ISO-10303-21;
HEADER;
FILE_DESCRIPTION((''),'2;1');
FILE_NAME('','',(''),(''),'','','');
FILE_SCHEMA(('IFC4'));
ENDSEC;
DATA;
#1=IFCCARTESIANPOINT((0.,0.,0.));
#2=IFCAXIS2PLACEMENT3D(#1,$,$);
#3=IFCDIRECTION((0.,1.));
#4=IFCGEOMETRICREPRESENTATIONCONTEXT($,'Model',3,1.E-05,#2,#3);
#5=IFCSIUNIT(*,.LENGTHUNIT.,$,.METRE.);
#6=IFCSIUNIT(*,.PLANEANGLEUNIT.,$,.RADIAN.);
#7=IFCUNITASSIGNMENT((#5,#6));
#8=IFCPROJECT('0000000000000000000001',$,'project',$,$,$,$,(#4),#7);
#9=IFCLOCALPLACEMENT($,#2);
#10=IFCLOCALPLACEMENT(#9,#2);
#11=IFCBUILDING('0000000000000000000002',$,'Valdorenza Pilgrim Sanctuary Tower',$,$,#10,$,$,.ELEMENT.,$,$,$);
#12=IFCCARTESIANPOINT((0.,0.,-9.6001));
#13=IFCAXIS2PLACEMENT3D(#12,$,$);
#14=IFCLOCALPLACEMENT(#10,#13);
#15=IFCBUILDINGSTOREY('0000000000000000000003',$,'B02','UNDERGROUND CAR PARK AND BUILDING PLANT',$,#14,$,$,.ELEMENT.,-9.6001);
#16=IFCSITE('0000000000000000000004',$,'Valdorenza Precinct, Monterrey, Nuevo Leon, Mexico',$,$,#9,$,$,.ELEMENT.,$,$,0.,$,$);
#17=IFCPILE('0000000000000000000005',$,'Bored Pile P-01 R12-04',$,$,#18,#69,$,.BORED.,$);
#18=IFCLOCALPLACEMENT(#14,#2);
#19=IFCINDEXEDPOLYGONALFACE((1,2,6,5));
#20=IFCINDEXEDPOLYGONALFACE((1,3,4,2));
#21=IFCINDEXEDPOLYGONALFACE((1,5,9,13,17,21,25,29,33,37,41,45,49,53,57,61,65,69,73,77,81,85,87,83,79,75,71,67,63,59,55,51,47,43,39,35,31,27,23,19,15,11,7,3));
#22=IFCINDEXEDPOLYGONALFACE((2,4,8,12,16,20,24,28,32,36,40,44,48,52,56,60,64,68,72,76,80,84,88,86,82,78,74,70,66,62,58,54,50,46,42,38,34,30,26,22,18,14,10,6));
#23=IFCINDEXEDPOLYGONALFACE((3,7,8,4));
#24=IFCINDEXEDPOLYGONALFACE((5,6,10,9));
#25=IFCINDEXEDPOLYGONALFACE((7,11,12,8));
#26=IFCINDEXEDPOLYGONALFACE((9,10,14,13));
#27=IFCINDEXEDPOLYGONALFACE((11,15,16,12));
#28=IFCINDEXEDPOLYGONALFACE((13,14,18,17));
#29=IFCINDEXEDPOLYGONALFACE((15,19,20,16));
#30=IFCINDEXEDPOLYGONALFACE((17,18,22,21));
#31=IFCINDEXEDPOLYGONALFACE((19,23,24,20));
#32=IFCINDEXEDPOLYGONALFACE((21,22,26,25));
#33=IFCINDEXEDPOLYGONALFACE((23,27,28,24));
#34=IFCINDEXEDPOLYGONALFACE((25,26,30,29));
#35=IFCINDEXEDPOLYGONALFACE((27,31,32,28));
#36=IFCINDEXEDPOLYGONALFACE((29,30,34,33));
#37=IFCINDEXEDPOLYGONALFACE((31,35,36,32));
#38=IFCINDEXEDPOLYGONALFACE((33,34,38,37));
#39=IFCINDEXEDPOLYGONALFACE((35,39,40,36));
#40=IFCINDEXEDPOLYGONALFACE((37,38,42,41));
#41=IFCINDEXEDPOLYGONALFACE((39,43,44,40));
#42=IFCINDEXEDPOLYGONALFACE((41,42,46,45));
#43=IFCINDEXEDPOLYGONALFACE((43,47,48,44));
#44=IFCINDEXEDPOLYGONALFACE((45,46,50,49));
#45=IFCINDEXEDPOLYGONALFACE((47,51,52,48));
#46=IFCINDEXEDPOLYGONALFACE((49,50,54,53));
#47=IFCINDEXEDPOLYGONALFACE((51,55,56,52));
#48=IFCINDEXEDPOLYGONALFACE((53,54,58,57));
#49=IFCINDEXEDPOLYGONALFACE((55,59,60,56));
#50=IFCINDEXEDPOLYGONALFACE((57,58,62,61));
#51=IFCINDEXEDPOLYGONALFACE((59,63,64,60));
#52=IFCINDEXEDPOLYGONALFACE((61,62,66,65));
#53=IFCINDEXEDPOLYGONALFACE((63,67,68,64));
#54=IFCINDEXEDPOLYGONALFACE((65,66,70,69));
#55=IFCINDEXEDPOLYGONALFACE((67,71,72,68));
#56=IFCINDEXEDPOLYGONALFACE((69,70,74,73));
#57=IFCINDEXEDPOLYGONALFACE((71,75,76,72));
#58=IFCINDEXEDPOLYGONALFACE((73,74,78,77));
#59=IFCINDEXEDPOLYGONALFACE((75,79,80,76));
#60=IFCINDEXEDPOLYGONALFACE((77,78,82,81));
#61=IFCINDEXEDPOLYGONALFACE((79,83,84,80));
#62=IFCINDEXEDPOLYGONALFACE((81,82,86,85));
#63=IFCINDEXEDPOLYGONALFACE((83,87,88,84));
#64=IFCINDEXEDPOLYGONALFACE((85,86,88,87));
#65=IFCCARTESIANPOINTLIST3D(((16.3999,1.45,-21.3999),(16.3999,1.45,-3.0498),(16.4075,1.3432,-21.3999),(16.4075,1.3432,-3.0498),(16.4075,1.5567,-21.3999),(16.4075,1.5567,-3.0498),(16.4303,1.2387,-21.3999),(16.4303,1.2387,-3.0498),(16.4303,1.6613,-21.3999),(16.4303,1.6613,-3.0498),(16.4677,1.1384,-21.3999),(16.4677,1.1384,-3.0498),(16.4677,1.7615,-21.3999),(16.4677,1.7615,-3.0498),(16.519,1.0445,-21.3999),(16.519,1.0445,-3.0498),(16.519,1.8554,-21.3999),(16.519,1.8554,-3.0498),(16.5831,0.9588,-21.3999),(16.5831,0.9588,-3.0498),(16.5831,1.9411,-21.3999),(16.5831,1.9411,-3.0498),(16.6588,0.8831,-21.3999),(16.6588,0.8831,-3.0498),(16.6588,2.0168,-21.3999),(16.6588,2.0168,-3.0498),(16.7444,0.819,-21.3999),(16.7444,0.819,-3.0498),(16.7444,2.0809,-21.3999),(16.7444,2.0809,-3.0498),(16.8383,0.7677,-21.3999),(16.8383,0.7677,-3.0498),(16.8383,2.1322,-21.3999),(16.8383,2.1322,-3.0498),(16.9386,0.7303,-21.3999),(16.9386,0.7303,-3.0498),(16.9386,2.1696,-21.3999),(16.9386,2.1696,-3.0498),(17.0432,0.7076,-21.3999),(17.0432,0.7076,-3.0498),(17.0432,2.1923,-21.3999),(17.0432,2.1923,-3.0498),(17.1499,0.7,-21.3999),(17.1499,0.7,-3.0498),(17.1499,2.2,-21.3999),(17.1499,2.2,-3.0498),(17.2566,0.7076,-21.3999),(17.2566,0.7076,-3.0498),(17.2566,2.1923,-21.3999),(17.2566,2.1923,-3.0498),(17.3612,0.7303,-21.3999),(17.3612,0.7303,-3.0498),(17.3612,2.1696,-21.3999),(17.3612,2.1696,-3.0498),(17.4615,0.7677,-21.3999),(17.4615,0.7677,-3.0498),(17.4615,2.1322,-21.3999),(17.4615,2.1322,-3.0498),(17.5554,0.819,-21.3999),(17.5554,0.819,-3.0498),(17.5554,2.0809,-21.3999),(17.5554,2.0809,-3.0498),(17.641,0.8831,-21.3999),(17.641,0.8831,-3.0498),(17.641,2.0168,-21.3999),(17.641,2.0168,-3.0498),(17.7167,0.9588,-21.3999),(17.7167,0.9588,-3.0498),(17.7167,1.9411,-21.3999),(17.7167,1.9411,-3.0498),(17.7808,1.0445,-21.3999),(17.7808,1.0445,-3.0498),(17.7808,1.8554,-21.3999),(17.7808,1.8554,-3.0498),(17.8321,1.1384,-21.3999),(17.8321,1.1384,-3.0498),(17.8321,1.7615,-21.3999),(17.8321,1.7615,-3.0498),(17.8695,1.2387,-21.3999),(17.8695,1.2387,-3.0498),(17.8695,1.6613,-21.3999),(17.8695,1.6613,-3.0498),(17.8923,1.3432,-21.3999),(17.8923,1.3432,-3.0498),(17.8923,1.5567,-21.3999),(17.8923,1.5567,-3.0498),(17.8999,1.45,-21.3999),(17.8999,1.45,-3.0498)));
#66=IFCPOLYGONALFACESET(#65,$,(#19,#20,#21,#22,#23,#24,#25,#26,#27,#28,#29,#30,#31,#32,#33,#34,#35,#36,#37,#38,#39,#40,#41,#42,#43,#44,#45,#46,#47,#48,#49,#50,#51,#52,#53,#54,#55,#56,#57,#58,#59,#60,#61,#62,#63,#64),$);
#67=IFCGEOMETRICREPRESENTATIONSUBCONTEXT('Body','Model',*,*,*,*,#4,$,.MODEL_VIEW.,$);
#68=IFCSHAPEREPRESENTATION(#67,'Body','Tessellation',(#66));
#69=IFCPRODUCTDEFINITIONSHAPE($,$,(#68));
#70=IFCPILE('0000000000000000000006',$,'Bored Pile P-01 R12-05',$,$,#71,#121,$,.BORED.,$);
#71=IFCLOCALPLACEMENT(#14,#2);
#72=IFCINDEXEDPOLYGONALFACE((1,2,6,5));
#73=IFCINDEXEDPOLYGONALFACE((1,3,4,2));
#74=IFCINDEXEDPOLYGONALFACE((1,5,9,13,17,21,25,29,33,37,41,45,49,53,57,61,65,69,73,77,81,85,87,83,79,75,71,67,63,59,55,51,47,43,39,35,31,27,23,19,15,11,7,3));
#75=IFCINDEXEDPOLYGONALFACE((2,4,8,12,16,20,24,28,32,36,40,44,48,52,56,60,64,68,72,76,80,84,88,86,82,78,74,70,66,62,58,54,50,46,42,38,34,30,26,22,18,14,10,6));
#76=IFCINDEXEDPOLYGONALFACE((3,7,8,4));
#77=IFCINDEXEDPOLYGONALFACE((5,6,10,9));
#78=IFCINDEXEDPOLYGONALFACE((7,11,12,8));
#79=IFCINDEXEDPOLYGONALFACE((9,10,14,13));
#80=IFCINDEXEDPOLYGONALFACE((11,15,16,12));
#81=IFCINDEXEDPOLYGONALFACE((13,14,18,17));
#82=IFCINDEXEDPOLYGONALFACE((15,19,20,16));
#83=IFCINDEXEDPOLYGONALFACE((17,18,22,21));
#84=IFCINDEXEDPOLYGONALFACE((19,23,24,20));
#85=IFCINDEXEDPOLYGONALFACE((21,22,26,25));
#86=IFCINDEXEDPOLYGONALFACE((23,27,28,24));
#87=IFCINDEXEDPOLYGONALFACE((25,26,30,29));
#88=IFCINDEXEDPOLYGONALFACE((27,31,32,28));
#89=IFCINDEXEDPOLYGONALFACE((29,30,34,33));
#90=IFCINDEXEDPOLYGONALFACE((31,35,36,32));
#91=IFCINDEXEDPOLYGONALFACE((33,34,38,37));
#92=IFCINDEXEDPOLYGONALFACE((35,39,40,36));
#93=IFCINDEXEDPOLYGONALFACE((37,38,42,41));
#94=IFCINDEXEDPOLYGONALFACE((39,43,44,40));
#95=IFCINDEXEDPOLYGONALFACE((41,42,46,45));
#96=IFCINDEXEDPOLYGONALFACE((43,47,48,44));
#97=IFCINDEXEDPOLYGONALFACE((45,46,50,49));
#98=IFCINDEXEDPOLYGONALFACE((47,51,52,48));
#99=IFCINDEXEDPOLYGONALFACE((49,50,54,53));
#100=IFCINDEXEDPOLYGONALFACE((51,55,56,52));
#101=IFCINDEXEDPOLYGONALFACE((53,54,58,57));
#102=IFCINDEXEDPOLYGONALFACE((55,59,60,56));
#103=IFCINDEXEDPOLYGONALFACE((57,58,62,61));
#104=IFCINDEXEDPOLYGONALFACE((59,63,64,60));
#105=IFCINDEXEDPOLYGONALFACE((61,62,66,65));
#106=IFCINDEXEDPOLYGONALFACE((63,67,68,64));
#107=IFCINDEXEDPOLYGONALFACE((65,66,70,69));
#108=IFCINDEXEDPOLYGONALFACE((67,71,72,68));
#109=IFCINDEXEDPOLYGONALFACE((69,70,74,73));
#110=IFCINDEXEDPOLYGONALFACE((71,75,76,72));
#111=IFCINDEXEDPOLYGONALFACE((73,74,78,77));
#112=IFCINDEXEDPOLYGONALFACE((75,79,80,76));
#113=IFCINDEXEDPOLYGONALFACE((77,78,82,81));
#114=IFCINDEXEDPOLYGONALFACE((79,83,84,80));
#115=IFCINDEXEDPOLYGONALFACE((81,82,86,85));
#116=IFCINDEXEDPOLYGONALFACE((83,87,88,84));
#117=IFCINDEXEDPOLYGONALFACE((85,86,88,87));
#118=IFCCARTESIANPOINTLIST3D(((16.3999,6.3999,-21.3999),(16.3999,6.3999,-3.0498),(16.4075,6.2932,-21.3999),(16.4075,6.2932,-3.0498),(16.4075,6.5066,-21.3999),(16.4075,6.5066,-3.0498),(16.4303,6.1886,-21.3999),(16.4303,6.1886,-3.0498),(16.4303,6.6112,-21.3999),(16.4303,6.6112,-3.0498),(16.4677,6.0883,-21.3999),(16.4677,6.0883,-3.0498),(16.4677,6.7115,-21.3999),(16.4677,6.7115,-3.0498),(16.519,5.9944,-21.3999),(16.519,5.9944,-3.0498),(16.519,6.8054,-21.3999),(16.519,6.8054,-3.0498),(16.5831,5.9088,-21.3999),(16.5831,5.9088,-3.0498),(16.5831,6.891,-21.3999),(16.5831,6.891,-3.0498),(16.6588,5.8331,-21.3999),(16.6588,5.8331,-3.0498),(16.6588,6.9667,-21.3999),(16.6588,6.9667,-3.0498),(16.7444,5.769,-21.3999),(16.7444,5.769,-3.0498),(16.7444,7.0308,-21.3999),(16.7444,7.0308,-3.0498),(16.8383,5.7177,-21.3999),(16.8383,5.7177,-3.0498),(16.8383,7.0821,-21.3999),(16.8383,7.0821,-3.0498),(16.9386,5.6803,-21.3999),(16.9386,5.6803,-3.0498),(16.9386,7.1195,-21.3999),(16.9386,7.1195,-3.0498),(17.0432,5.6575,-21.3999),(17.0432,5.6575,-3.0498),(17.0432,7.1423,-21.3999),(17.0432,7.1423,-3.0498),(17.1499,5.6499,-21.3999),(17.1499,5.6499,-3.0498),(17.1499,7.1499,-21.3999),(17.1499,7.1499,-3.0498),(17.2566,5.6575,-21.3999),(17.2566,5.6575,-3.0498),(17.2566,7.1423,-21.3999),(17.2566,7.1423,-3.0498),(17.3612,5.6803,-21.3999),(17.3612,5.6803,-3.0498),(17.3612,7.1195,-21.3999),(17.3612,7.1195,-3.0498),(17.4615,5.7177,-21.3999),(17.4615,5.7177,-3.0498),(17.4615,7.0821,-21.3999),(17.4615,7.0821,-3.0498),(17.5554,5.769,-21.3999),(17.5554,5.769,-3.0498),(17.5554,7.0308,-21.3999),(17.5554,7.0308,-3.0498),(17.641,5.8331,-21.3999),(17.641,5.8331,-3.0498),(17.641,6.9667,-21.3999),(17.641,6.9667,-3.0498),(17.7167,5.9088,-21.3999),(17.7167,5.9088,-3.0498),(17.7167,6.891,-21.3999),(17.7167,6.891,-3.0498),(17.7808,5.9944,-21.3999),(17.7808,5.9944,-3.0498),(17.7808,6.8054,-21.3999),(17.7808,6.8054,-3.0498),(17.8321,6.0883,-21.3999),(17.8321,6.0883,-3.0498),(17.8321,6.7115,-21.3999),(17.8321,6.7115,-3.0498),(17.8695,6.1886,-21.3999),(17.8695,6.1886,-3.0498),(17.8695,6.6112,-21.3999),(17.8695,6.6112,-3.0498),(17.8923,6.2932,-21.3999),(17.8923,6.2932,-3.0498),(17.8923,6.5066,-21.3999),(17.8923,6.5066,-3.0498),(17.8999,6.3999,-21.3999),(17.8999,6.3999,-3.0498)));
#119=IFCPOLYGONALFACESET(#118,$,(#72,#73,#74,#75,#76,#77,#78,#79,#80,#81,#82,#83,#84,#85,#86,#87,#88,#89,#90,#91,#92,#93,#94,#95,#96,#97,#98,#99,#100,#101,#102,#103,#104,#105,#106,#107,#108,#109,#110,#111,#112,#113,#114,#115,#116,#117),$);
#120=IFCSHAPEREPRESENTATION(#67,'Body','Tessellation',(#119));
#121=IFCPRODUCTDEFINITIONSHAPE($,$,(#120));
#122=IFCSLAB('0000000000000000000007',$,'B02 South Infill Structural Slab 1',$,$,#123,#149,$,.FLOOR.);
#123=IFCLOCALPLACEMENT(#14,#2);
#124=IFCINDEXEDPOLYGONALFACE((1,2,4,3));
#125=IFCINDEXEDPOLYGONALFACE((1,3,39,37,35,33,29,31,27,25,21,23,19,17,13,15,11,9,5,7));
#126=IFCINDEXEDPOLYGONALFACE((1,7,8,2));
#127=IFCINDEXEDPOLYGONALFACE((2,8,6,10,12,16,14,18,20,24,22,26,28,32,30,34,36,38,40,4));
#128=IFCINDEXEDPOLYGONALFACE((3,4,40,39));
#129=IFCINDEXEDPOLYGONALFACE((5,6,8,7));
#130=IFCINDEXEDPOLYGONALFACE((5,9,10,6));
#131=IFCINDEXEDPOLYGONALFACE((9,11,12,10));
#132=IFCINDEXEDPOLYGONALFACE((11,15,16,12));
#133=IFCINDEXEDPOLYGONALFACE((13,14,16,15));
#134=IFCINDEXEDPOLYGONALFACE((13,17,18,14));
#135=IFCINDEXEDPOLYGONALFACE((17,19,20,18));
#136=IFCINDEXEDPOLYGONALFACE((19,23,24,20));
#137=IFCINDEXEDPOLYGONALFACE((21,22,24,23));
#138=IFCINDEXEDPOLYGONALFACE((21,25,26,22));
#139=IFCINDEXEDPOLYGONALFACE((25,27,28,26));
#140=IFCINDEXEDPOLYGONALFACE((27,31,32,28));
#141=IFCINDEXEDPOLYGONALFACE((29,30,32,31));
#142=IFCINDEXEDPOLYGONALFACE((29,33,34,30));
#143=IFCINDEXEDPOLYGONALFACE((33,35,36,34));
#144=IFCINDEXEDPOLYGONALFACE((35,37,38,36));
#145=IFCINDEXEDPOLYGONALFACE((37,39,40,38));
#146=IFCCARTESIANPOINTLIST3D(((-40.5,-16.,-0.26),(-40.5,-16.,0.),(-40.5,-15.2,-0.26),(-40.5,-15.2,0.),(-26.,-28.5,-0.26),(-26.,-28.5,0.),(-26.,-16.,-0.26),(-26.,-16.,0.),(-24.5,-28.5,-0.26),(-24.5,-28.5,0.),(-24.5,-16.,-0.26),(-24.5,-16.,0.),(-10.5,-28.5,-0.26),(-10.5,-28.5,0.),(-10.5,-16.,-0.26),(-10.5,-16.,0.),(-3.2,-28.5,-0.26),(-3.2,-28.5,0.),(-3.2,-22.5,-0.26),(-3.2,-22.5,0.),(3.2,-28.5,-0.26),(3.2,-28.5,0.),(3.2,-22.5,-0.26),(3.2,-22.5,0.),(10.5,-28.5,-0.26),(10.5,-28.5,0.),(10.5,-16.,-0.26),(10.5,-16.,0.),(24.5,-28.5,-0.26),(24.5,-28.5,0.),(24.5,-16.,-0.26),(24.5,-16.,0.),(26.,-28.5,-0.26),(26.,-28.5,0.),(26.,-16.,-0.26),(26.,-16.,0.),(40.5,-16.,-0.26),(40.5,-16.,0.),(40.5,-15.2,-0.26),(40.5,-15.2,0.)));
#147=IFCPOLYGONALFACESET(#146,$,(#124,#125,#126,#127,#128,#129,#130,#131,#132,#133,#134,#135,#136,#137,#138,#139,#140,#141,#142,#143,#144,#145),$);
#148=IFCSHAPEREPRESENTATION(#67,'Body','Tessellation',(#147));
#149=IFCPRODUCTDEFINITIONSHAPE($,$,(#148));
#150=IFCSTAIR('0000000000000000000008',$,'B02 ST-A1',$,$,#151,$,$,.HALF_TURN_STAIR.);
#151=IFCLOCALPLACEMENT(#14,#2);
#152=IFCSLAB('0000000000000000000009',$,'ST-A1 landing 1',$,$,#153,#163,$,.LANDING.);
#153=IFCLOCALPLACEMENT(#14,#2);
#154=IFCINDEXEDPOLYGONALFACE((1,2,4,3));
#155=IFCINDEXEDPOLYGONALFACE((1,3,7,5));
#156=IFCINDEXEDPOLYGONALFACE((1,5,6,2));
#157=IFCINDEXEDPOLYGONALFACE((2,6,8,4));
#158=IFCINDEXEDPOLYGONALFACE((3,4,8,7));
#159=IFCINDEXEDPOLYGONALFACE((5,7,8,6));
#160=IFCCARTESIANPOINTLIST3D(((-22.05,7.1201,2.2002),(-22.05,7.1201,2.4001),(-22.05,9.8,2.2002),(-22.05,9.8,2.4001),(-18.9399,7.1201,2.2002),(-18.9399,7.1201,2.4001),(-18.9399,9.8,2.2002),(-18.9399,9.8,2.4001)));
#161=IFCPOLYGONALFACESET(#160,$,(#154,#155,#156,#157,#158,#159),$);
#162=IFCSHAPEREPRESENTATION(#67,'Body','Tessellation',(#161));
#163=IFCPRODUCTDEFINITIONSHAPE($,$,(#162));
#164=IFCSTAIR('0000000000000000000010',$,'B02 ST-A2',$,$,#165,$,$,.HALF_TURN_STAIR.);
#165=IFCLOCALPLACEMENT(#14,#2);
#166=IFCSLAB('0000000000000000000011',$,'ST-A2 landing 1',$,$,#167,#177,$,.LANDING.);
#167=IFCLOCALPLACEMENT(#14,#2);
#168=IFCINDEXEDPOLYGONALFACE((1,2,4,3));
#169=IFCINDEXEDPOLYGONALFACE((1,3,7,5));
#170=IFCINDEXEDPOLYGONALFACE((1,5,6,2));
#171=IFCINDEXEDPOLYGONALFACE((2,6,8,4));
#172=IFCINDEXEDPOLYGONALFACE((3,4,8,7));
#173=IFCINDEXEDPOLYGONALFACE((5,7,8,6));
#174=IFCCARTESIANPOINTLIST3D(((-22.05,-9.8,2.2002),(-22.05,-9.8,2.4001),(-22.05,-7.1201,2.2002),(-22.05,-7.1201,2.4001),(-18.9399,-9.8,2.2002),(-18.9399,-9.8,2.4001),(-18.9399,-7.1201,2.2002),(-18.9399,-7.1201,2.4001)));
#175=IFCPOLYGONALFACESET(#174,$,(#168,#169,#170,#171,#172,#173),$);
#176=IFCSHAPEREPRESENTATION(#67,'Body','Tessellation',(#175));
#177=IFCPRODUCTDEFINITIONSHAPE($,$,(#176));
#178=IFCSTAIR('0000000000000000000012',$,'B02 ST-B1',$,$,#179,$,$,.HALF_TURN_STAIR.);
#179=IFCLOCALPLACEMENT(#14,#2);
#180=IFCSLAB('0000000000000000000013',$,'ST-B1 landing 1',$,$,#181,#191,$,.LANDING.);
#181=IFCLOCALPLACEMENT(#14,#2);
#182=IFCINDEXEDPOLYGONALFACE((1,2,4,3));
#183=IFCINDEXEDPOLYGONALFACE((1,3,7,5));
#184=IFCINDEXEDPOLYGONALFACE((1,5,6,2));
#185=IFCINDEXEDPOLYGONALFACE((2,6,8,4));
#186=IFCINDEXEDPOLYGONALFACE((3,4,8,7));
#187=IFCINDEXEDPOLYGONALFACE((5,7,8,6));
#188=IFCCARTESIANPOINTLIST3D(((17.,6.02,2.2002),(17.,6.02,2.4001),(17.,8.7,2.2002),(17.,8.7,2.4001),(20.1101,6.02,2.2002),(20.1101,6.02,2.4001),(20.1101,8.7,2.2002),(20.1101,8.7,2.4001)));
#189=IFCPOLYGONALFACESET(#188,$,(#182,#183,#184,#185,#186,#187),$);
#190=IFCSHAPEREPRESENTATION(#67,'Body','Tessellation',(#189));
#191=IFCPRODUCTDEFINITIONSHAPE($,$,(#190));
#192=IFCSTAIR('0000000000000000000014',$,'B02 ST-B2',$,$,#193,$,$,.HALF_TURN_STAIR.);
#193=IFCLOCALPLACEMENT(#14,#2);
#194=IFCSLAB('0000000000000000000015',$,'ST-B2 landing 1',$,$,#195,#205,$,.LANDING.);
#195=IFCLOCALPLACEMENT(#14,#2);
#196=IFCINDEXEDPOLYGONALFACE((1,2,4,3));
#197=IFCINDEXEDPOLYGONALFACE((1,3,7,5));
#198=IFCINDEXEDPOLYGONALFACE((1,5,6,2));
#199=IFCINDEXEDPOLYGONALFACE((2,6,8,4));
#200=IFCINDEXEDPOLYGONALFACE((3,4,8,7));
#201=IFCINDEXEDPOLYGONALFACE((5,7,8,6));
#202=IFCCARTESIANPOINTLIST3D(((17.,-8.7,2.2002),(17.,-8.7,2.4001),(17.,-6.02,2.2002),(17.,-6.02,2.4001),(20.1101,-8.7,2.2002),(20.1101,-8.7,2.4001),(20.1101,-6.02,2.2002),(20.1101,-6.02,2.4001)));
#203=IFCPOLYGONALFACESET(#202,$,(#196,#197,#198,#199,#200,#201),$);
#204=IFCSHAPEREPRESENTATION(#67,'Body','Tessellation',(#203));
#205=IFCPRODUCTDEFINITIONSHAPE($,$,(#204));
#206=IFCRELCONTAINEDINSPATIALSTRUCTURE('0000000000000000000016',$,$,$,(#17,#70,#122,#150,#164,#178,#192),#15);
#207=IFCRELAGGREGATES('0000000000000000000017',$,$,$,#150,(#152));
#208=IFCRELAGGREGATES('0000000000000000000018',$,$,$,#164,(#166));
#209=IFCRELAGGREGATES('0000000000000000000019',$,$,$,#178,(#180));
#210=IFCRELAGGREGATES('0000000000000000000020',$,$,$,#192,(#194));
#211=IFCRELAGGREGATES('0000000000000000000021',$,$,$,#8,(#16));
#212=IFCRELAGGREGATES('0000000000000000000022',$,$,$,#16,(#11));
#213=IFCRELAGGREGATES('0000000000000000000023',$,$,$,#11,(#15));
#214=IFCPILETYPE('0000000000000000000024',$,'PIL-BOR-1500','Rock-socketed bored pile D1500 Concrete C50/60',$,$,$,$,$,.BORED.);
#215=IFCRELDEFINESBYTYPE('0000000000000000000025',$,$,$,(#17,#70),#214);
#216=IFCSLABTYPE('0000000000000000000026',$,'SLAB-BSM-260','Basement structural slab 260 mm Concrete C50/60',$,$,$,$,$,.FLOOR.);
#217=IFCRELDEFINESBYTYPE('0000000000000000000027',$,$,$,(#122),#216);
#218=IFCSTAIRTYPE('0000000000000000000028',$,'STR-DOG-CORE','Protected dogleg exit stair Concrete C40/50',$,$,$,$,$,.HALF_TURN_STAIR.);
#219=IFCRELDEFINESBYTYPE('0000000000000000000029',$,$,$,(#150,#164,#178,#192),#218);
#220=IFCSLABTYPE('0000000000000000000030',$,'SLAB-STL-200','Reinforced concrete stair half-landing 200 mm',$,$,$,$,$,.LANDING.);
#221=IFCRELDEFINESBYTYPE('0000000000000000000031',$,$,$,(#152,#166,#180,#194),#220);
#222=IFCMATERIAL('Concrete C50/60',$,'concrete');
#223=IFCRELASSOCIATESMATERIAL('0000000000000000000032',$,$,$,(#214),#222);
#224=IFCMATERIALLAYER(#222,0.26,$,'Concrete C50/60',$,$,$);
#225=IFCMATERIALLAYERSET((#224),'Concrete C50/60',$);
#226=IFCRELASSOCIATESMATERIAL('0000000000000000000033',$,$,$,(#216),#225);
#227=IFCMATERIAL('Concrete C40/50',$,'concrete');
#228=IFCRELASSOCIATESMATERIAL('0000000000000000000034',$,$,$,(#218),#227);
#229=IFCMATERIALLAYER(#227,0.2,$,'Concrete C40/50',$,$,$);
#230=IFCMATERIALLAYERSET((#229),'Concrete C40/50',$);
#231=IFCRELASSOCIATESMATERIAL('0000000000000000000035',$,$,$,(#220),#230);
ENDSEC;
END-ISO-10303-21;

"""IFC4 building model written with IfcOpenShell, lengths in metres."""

from ifc_helpers import new_model, si_unit, direction, frame, origin, origin_2d, place, context, subcontext, project, spatial, polyline, circle, outline, extrude, source, transform, mapped, material, layer, layer_set, material_profile, profile_set, type_object, element, aggregate, save


model = new_model("IFC4")

# Units and contexts
model_context = context("Model", 3, precision=1e-05, world=origin(), true_north=direction((0.0, 1.0)))
body_context = subcontext(model_context, "Body", "Model", "MODEL_VIEW")
ifc_project = project(units=[si_unit("LENGTHUNIT", "METRE"), si_unit("PLANEANGLEUNIT", "RADIAN")], contexts=[model_context])

# Site, building, storey
site_placement = place(None, origin())
site = spatial("IfcSite", under=ifc_project, at=site_placement, Name="Valdorenza Precinct, Monterrey, Nuevo Leon, Mexico", CompositionType="ELEMENT", RefElevation=0.0)
building_placement = place(site_placement, origin())
building = spatial("IfcBuilding", under=site, at=building_placement, Name="Valdorenza Pilgrim Sanctuary Tower", CompositionType="ELEMENT")
storey_placement = place(building_placement, frame((0.0, 0.0, -9.6001)))
storey = spatial("IfcBuildingStorey", under=building, at=storey_placement, Name="B02", Description="UNDERGROUND CAR PARK AND BUILDING PLANT", CompositionType="ELEMENT", Elevation=-9.6001)

# Shared definitions
ifc_material_1 = material(Name="Concrete C50/60", Category="concrete")

# Piles
ifc_material_profile = material_profile(ifc_material_1, circle(Radius=0.75, at=origin_2d()), Name="BORED PILE 1500")
ifc_profile_set = profile_set([ifc_material_profile], Name="Concrete C50/60")
pile_type = type_object("IfcPileType", Name="PIL-BOR-1500", Description="Rock-socketed bored pile D1500 Concrete C50/60", PredefinedType="BORED", material=ifc_profile_set)
shared_shape = source(origin(), body_context, "Body", "SweptSolid", [
    extrude(circle(Radius=0.75, at=origin_2d()), origin(), (0.0, 0.0, 1.0), 18.3501),
])
for number, where, z_axis, x_axis, name in (
    (1, (17.1499, 1.45, -3.0498), (0.0, 0.0, -1.0), (1.0, 0.0, 0.0), "Bored Pile P-01 R12-04"),
    (2, (17.1499, 6.3999, -3.0498), (0.0, 0.0, -1.0), (1.0, 0.0, 0.0), "Bored Pile P-01 R12-05"),
):
    element("IfcPile", number, at=place(storey_placement, frame(where, z_axis=z_axis, x_axis=x_axis)), inside=storey, type_object=pile_type, Name=name, PredefinedType="BORED", context=body_context, shape_type="MappedRepresentation", body=[
        mapped(shared_shape, transform((0.0, 0.0, 0.0), x_axis=(1.0, 0.0, 0.0), y_axis=(0.0, 1.0, 0.0), z_axis=(0.0, 0.0, 1.0), scale=1.0)),
    ])

# Slab
ifc_layer_1 = layer(ifc_material_1, 0.26, Name="Concrete C50/60")
ifc_layer_set_1 = layer_set([ifc_layer_1], Name="Concrete C50/60")
slab_type_1 = type_object("IfcSlabType", Name="SLAB-BSM-260", Description="Basement structural slab 260 mm Concrete C50/60", PredefinedType="FLOOR", material=ifc_layer_set_1)
slab_1_placement = place(storey_placement, frame((0.0, 0.0, -0.26)))
element("IfcSlab", 3, at=slab_1_placement, inside=storey, type_object=slab_type_1, Name="B02 South Infill Structural Slab 1", PredefinedType="FLOOR", context=body_context, shape_type="SweptSolid", body=[
    extrude(outline(polyline([(-40.5, -15.2), (40.5, -15.2), (40.5, -16.0), (26.0, -16.0), (26.0, -28.5), (24.5, -28.5), (24.5, -16.0), (10.5, -16.0), (10.5, -28.5), (3.2, -28.5), (3.2, -22.5), (-3.2, -22.5), (-3.2, -28.5), (-10.5, -28.5), (-10.5, -16.0), (-24.5, -16.0), (-24.5, -28.5), (-26.0, -28.5), (-26.0, -16.0), (-40.5, -16.0), (-40.5, -15.2)])), origin(), (0.0, 0.0, 1.0), 0.26),
])

# Stairs, slabs
ifc_material_2 = material(Name="Concrete C40/50", Category="concrete")
stair_type = type_object("IfcStairType", Name="STR-DOG-CORE", Description="Protected dogleg exit stair Concrete C40/50", PredefinedType="HALF_TURN_STAIR", material=ifc_material_2)
stair_1_placement = place(storey_placement, origin())
stair_1 = element("IfcStair", 4, at=stair_1_placement, inside=storey, type_object=stair_type, Name="B02 ST-A1", PredefinedType="HALF_TURN_STAIR")
ifc_layer_2 = layer(ifc_material_2, 0.2, Name="Concrete C40/50")
ifc_layer_set_2 = layer_set([ifc_layer_2], Name="Concrete C40/50")
slab_type_2 = type_object("IfcSlabType", Name="SLAB-STL-200", Description="Reinforced concrete stair half-landing 200 mm", PredefinedType="LANDING", material=ifc_layer_set_2)
slab_2_placement = place(storey_placement, frame((0.0, 0.0, 2.2002)))
slab_2 = element("IfcSlab", 5, at=slab_2_placement, type_object=slab_type_2, Name="ST-A1 landing 1", PredefinedType="LANDING", context=body_context, shape_type="SweptSolid", body=[
    extrude(outline(polyline([(-18.9399, 7.1201), (-18.9399, 9.8), (-22.05, 9.8), (-22.05, 7.1201), (-18.9399, 7.1201)])), origin(), (0.0, 0.0, 1.0), 0.2),
])
aggregate(stair_1, [slab_2])
stair_2_placement = place(storey_placement, origin())
stair_2 = element("IfcStair", 6, at=stair_2_placement, inside=storey, type_object=stair_type, Name="B02 ST-A2", PredefinedType="HALF_TURN_STAIR")
slab_3_placement = place(storey_placement, frame((0.0, 0.0, 2.2002)))
slab_3 = element("IfcSlab", 7, at=slab_3_placement, type_object=slab_type_2, Name="ST-A2 landing 1", PredefinedType="LANDING", context=body_context, shape_type="SweptSolid", body=[
    extrude(outline(polyline([(-22.05, -7.1201), (-22.05, -9.8), (-18.9399, -9.8), (-18.9399, -7.1201), (-22.05, -7.1201)])), origin(), (0.0, 0.0, 1.0), 0.2),
])
aggregate(stair_2, [slab_3])
stair_3_placement = place(storey_placement, origin())
stair_3 = element("IfcStair", 8, at=stair_3_placement, inside=storey, type_object=stair_type, Name="B02 ST-B1", PredefinedType="HALF_TURN_STAIR")
slab_4_placement = place(storey_placement, frame((0.0, 0.0, 2.2002)))
slab_4 = element("IfcSlab", 9, at=slab_4_placement, type_object=slab_type_2, Name="ST-B1 landing 1", PredefinedType="LANDING", context=body_context, shape_type="SweptSolid", body=[
    extrude(outline(polyline([(20.1101, 6.02), (20.1101, 8.7), (17.0, 8.7), (17.0, 6.02), (20.1101, 6.02)])), origin(), (0.0, 0.0, 1.0), 0.2),
])
aggregate(stair_3, [slab_4])
stair_4_placement = place(storey_placement, origin())
stair_4 = element("IfcStair", 10, at=stair_4_placement, inside=storey, type_object=stair_type, Name="B02 ST-B2", PredefinedType="HALF_TURN_STAIR")
slab_5_placement = place(storey_placement, frame((0.0, 0.0, 2.2002)))
slab_5 = element("IfcSlab", 11, at=slab_5_placement, type_object=slab_type_2, Name="ST-B2 landing 1", PredefinedType="LANDING", context=body_context, shape_type="SweptSolid", body=[
    extrude(outline(polyline([(17.0, -6.02), (17.0, -8.7), (20.1101, -8.7), (20.1101, -6.02), (17.0, -6.02)])), origin(), (0.0, 0.0, 1.0), 0.2),
])
aggregate(stair_4, [slab_5])

save(model, "model.ifc")
